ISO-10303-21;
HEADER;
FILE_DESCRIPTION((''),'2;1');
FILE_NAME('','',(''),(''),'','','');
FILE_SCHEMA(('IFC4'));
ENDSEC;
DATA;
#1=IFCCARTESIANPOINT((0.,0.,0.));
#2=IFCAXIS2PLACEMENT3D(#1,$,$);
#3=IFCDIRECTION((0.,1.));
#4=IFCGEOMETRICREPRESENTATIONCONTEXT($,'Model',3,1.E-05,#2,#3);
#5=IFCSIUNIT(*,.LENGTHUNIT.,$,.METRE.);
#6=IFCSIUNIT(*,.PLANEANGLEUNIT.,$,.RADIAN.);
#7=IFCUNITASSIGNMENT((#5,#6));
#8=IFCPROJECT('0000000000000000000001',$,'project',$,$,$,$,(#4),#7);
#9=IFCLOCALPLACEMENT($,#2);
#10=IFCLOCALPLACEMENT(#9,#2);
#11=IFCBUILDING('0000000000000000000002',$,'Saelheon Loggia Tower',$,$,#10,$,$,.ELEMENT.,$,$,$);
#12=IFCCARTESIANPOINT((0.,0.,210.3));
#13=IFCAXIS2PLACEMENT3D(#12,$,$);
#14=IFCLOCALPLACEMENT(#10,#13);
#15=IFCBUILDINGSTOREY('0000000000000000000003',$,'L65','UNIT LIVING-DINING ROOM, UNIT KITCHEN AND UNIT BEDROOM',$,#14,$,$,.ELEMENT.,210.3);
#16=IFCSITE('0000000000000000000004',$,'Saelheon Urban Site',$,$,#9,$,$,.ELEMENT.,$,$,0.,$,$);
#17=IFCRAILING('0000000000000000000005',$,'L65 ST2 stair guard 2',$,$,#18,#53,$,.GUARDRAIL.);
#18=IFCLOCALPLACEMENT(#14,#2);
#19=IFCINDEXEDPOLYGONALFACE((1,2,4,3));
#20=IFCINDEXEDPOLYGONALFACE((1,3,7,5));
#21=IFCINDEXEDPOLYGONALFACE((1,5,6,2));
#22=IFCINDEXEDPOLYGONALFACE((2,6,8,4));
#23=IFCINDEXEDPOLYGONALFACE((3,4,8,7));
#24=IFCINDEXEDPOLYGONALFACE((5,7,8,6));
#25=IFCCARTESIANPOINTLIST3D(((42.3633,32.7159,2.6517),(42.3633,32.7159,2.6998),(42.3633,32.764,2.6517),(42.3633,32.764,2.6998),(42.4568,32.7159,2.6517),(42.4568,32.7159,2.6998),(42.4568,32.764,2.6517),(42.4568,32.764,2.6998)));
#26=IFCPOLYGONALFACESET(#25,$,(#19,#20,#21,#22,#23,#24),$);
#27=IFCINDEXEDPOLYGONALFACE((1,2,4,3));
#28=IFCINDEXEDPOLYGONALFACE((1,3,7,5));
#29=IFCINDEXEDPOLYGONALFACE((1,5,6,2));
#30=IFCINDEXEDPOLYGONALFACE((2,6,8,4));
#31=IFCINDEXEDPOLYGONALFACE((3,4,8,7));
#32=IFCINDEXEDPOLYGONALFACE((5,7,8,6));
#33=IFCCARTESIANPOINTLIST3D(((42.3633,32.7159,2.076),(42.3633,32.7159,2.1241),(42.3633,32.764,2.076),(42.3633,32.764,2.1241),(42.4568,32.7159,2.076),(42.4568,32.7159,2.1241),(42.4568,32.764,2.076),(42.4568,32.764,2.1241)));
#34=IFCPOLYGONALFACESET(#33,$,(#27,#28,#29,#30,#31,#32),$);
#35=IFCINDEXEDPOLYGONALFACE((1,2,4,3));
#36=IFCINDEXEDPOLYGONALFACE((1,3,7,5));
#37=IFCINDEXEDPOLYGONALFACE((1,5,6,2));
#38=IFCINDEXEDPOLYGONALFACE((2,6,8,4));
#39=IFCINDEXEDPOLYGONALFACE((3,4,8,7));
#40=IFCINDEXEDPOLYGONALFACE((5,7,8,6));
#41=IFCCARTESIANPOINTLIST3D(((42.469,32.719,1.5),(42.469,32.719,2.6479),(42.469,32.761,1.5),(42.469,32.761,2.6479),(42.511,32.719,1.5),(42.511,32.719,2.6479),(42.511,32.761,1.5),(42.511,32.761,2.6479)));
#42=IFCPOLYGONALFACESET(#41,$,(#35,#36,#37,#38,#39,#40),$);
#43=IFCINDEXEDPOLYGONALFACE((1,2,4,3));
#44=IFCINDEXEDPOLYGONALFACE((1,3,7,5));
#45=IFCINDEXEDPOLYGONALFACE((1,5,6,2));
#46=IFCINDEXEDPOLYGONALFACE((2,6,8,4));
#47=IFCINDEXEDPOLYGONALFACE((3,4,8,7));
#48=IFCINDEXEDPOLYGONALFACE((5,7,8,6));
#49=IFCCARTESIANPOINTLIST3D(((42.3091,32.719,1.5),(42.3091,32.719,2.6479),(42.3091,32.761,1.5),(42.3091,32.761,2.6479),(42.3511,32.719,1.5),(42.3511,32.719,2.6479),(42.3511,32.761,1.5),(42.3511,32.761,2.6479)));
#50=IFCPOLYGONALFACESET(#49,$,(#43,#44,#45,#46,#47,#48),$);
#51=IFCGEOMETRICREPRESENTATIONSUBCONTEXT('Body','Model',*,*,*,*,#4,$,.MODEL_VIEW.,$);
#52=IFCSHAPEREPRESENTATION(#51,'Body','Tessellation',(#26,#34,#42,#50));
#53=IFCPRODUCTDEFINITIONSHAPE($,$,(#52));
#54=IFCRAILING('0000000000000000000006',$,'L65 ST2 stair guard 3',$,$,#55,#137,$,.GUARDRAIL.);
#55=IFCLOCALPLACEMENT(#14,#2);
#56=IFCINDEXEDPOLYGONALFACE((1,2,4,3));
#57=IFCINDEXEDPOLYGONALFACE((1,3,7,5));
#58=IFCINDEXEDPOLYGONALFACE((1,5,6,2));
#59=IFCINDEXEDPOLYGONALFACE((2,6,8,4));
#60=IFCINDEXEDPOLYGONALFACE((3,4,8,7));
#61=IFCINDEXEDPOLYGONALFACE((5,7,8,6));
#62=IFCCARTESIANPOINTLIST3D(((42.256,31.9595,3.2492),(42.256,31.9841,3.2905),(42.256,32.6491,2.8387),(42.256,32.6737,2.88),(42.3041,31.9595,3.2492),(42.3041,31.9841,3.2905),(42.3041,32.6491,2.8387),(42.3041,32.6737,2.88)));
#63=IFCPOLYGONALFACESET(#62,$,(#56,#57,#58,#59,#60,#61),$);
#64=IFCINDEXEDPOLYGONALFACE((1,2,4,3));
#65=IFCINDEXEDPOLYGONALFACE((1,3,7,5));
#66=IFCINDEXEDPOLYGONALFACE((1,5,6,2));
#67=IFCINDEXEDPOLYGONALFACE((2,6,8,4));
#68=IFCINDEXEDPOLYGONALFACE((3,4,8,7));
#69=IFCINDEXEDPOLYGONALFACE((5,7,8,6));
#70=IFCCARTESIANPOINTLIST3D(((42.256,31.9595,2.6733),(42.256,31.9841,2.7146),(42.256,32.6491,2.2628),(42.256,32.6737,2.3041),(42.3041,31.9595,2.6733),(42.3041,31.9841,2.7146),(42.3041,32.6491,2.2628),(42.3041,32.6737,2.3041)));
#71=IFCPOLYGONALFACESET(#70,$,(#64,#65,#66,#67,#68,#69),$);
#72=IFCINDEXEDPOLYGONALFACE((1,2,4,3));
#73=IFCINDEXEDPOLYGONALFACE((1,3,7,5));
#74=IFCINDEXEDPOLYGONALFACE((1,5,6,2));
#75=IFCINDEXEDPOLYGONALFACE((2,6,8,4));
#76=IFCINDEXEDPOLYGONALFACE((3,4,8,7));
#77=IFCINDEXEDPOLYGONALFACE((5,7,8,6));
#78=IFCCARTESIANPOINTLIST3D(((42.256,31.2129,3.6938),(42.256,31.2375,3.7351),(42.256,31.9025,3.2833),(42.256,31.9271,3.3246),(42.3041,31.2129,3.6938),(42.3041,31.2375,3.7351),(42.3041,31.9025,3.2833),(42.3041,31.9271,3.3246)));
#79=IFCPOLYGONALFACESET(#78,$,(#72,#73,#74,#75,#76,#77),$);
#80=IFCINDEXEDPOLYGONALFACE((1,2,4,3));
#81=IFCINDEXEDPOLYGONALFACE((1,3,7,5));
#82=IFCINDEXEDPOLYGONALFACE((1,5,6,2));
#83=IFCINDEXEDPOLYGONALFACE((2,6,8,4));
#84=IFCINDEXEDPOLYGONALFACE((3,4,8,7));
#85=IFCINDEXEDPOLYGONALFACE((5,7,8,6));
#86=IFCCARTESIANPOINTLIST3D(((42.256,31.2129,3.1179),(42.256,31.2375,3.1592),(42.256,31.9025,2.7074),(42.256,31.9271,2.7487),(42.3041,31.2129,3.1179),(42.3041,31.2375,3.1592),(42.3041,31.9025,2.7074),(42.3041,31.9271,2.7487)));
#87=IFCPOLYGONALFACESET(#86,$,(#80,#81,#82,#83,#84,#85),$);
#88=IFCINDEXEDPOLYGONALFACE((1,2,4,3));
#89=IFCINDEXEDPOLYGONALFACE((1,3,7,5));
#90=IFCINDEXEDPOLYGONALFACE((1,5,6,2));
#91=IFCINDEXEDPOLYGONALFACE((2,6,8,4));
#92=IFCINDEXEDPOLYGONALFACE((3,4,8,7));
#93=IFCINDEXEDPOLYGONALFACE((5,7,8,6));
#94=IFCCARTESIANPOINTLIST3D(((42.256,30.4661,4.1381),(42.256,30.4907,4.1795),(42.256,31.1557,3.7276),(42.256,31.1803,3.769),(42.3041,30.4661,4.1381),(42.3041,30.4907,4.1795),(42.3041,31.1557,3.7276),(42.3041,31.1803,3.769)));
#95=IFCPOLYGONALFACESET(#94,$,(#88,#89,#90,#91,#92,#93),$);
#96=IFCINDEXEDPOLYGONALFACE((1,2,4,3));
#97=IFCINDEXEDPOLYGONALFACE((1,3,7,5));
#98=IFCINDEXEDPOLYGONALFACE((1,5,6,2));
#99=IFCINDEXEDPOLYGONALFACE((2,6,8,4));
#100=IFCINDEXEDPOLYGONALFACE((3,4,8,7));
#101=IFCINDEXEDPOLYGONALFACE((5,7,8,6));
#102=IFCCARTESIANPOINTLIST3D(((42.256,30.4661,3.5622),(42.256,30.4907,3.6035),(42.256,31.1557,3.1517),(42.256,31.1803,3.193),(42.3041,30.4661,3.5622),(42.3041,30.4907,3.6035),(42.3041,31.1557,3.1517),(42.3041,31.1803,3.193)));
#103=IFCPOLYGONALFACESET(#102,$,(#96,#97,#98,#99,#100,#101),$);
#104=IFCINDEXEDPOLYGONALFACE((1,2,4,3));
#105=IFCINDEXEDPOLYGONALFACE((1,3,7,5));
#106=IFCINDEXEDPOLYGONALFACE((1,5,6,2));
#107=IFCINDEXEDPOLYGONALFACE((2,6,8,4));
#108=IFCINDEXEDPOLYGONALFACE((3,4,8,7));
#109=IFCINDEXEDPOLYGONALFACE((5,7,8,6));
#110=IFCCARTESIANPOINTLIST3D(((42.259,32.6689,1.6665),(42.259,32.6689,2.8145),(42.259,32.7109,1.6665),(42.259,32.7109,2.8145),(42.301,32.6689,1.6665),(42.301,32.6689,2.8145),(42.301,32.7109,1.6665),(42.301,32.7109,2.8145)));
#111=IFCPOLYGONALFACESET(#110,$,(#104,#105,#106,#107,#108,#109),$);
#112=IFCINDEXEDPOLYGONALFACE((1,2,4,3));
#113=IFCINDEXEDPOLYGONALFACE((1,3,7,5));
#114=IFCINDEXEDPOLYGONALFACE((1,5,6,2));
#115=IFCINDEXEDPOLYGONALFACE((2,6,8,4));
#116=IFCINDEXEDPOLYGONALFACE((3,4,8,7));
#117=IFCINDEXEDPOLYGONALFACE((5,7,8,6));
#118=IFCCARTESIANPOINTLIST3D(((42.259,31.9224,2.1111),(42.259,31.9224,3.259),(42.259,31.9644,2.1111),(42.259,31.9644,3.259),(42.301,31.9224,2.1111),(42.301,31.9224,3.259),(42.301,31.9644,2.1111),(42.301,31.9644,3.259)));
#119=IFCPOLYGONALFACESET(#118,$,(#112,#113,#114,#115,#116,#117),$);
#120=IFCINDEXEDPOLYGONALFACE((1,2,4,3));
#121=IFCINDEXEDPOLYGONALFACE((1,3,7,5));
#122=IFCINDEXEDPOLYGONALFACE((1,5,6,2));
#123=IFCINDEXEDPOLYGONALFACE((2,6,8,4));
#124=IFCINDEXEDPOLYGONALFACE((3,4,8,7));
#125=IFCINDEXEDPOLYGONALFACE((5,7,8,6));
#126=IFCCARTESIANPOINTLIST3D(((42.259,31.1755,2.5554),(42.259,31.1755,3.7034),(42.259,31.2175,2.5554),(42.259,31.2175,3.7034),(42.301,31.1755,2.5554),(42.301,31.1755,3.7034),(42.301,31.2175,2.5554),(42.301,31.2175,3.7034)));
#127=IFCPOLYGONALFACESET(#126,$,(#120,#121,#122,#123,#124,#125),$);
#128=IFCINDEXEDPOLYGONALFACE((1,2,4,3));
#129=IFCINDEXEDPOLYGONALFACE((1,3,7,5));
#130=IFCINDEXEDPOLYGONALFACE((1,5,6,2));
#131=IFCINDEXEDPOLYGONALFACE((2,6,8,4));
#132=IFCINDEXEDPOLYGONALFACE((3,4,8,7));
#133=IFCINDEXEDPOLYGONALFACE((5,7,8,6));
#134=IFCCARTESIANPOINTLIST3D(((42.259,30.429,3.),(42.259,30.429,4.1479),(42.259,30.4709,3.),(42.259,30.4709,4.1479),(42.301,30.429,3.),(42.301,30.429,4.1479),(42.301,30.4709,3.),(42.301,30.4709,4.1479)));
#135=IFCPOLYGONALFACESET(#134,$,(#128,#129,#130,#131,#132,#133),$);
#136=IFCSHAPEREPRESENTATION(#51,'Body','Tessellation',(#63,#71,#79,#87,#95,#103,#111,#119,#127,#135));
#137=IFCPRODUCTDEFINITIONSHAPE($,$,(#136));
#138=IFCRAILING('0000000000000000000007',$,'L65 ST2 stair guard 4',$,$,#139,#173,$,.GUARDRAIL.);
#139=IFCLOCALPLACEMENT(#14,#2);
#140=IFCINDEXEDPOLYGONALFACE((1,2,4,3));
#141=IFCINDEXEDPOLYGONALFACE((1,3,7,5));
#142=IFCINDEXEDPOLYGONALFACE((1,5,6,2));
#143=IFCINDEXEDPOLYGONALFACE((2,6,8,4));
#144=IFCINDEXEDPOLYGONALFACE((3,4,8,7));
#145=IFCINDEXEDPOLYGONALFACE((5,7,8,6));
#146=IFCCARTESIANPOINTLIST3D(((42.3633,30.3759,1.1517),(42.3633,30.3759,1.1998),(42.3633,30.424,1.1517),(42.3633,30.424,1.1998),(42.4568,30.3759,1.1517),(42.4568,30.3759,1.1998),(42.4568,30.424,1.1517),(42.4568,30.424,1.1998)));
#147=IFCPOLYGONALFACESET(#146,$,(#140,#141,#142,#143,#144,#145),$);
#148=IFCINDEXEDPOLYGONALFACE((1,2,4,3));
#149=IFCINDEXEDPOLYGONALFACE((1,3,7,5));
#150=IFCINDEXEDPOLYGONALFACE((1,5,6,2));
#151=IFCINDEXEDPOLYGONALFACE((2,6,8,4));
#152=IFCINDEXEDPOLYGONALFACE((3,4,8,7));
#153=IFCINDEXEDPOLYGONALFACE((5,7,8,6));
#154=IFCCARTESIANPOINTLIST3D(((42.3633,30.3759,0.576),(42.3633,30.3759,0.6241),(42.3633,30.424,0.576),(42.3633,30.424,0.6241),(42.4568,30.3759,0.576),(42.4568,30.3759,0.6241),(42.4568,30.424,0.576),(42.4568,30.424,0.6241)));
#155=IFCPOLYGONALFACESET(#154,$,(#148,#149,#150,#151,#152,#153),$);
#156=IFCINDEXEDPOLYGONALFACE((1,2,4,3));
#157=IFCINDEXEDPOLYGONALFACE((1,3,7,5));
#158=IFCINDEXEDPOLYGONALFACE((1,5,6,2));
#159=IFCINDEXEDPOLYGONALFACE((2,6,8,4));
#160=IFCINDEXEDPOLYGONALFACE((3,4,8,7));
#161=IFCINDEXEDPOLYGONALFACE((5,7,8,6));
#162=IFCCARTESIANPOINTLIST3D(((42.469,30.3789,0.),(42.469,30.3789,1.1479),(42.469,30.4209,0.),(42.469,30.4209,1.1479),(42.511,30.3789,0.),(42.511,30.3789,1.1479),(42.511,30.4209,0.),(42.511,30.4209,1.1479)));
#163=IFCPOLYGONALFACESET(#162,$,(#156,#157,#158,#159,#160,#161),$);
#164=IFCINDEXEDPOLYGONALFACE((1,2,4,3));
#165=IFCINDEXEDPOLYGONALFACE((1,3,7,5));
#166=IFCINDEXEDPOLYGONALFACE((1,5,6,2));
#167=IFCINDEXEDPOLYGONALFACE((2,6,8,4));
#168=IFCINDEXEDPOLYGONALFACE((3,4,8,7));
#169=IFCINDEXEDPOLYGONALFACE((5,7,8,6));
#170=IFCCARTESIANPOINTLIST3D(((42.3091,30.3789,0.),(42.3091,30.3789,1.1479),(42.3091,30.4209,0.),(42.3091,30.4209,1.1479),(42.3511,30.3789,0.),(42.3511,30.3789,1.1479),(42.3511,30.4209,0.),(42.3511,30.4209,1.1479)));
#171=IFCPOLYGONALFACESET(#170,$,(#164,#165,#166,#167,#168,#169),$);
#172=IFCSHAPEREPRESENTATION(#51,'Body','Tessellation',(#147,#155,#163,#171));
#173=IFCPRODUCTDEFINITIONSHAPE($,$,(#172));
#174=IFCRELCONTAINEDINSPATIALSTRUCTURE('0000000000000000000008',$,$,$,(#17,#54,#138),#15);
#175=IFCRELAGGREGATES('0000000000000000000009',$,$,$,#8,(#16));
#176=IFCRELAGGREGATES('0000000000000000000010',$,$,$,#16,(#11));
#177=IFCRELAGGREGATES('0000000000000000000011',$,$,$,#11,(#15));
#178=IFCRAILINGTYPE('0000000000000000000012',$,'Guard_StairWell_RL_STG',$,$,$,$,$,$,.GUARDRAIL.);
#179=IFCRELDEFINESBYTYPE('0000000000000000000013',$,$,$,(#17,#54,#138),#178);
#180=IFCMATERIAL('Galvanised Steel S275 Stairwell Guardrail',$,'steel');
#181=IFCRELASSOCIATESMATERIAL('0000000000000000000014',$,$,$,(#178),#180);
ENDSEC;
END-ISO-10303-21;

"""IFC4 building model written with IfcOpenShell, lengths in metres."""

from ifc_helpers import new_model, si_unit, direction, frame, origin, origin_2d, place, context, subcontext, project, spatial, rectangle, extrude, material, type_object, element, save


model = new_model("IFC4")

# Units and contexts
model_context = context("Model", 3, precision=1e-05, world=origin(), true_north=direction((0.0, 1.0)))
body_context = subcontext(model_context, "Body", "Model", "MODEL_VIEW")
ifc_project = project(units=[si_unit("LENGTHUNIT", "METRE"), si_unit("PLANEANGLEUNIT", "RADIAN")], contexts=[model_context])

# Site, building, storey
site_placement = place(None, origin())
site = spatial("IfcSite", under=ifc_project, at=site_placement, Name="Saelheon Urban Site", CompositionType="ELEMENT", RefElevation=0.0)
building_placement = place(site_placement, origin())
building = spatial("IfcBuilding", under=site, at=building_placement, Name="Saelheon Loggia Tower", CompositionType="ELEMENT")
storey_placement = place(building_placement, frame((0.0, 0.0, 210.3)))
storey = spatial("IfcBuildingStorey", under=building, at=storey_placement, Name="L65", Description="UNIT LIVING-DINING ROOM, UNIT KITCHEN AND UNIT BEDROOM", CompositionType="ELEMENT", Elevation=210.3)

# Railings
ifc_material_1 = material(Name="Galvanised Steel S275 Stairwell Guardrail", Category="steel")
railing_type_1 = type_object("IfcRailingType", Name="Guard_StairWell_RL_STG", PredefinedType="GUARDRAIL", material=ifc_material_1)
railing_1_placement = place(storey_placement, frame((42.49, 32.74, 1.5)))
element("IfcRailing", 1, at=railing_1_placement, inside=storey, type_object=railing_type_1, Name="L65 ST2 stair guard 2", PredefinedType="GUARDRAIL", context=body_context, shape_type="SweptSolid", body=[
    extrude(rectangle(XDim=0.0481, YDim=0.0481, at=origin_2d()), frame((-0.0332, 0.0, 1.1758), z_axis=(-1.0, 0.0, 0.0), x_axis=(0.0, -1.0, 0.0)), (0.0, 0.0, 1.0), 0.0935),
    extrude(rectangle(XDim=0.0481, YDim=0.0481, at=origin_2d()), frame((-0.0332, 0.0, 0.6001), z_axis=(-1.0, 0.0, 0.0), x_axis=(0.0, -1.0, 0.0)), (0.0, 0.0, 1.0), 0.0935),
    extrude(rectangle(XDim=0.042, YDim=0.042, at=origin_2d()), origin(), (0.0, 0.0, 1.0), 1.1479),
    extrude(rectangle(XDim=0.042, YDim=0.042, at=origin_2d()), frame((-0.1599, 0.0, 0.0)), (0.0, 0.0, 1.0), 1.1479),
])
railing_2_placement = place(storey_placement, frame((42.28, 32.6899, 1.6665)))
element("IfcRailing", 2, at=railing_2_placement, inside=storey, type_object=railing_type_1, Name="L65 ST2 stair guard 3", PredefinedType="GUARDRAIL", context=body_context, shape_type="SweptSolid", body=[
    extrude(rectangle(XDim=0.0481, YDim=0.0481, at=origin_2d()), frame((0.0, -0.0286, 1.1929), z_axis=(0.0, -0.859264, 0.511532), x_axis=(1.0, 0.0, 0.0)), (0.0, 0.0, 1.0), 0.8025),
    extrude(rectangle(XDim=0.0481, YDim=0.0481, at=origin_2d()), frame((0.0, -0.0286, 0.6169), z_axis=(0.0, -0.859264, 0.511532), x_axis=(1.0, 0.0, 0.0)), (0.0, 0.0, 1.0), 0.8025),
    extrude(rectangle(XDim=0.0481, YDim=0.0481, at=origin_2d()), frame((0.0, -0.7751, 1.6375), z_axis=(0.0, -0.859264, 0.511532), x_axis=(1.0, 0.0, 0.0)), (0.0, 0.0, 1.0), 0.8025),
    extrude(rectangle(XDim=0.0481, YDim=0.0481, at=origin_2d()), frame((0.0, -0.7751, 1.0615), z_axis=(0.0, -0.859264, 0.511532), x_axis=(1.0, 0.0, 0.0)), (0.0, 0.0, 1.0), 0.8025),
    extrude(rectangle(XDim=0.0481, YDim=0.0481, at=origin_2d()), frame((0.0, -1.522, 2.0818), z_axis=(0.0, -0.859264, 0.511532), x_axis=(1.0, 0.0, 0.0)), (0.0, 0.0, 1.0), 0.8025),
    extrude(rectangle(XDim=0.0481, YDim=0.0481, at=origin_2d()), frame((0.0, -1.522, 1.5059), z_axis=(0.0, -0.859264, 0.511532), x_axis=(1.0, 0.0, 0.0)), (0.0, 0.0, 1.0), 0.8025),
    extrude(rectangle(XDim=0.042, YDim=0.042, at=origin_2d()), origin(), (0.0, 0.0, 1.0), 1.1479),
    extrude(rectangle(XDim=0.042, YDim=0.042, at=origin_2d()), frame((0.0, -0.7466, 0.4446)), (0.0, 0.0, 1.0), 1.1479),
    extrude(rectangle(XDim=0.042, YDim=0.042, at=origin_2d()), frame((0.0, -1.4934, 0.8889)), (0.0, 0.0, 1.0), 1.1479),
    extrude(rectangle(XDim=0.042, YDim=0.042, at=origin_2d()), frame((0.0, -2.24, 1.3335)), (0.0, 0.0, 1.0), 1.1479),
])
railing_3_placement = place(storey_placement, frame((42.49, 30.3999, 0.0)))
element("IfcRailing", 3, at=railing_3_placement, inside=storey, type_object=railing_type_1, Name="L65 ST2 stair guard 4", PredefinedType="GUARDRAIL", context=body_context, shape_type="SweptSolid", body=[
    extrude(rectangle(XDim=0.0481, YDim=0.0481, at=origin_2d()), frame((-0.0332, 0.0, 1.1758), z_axis=(-1.0, 0.0, 0.0), x_axis=(0.0, -1.0, 0.0)), (0.0, 0.0, 1.0), 0.0935),
    extrude(rectangle(XDim=0.0481, YDim=0.0481, at=origin_2d()), frame((-0.0332, 0.0, 0.6001), z_axis=(-1.0, 0.0, 0.0), x_axis=(0.0, -1.0, 0.0)), (0.0, 0.0, 1.0), 0.0935),
    extrude(rectangle(XDim=0.042, YDim=0.042, at=origin_2d()), origin(), (0.0, 0.0, 1.0), 1.1479),
    extrude(rectangle(XDim=0.042, YDim=0.042, at=origin_2d()), frame((-0.1599, 0.0, 0.0)), (0.0, 0.0, 1.0), 1.1479),
])

save(model, "model.ifc")
